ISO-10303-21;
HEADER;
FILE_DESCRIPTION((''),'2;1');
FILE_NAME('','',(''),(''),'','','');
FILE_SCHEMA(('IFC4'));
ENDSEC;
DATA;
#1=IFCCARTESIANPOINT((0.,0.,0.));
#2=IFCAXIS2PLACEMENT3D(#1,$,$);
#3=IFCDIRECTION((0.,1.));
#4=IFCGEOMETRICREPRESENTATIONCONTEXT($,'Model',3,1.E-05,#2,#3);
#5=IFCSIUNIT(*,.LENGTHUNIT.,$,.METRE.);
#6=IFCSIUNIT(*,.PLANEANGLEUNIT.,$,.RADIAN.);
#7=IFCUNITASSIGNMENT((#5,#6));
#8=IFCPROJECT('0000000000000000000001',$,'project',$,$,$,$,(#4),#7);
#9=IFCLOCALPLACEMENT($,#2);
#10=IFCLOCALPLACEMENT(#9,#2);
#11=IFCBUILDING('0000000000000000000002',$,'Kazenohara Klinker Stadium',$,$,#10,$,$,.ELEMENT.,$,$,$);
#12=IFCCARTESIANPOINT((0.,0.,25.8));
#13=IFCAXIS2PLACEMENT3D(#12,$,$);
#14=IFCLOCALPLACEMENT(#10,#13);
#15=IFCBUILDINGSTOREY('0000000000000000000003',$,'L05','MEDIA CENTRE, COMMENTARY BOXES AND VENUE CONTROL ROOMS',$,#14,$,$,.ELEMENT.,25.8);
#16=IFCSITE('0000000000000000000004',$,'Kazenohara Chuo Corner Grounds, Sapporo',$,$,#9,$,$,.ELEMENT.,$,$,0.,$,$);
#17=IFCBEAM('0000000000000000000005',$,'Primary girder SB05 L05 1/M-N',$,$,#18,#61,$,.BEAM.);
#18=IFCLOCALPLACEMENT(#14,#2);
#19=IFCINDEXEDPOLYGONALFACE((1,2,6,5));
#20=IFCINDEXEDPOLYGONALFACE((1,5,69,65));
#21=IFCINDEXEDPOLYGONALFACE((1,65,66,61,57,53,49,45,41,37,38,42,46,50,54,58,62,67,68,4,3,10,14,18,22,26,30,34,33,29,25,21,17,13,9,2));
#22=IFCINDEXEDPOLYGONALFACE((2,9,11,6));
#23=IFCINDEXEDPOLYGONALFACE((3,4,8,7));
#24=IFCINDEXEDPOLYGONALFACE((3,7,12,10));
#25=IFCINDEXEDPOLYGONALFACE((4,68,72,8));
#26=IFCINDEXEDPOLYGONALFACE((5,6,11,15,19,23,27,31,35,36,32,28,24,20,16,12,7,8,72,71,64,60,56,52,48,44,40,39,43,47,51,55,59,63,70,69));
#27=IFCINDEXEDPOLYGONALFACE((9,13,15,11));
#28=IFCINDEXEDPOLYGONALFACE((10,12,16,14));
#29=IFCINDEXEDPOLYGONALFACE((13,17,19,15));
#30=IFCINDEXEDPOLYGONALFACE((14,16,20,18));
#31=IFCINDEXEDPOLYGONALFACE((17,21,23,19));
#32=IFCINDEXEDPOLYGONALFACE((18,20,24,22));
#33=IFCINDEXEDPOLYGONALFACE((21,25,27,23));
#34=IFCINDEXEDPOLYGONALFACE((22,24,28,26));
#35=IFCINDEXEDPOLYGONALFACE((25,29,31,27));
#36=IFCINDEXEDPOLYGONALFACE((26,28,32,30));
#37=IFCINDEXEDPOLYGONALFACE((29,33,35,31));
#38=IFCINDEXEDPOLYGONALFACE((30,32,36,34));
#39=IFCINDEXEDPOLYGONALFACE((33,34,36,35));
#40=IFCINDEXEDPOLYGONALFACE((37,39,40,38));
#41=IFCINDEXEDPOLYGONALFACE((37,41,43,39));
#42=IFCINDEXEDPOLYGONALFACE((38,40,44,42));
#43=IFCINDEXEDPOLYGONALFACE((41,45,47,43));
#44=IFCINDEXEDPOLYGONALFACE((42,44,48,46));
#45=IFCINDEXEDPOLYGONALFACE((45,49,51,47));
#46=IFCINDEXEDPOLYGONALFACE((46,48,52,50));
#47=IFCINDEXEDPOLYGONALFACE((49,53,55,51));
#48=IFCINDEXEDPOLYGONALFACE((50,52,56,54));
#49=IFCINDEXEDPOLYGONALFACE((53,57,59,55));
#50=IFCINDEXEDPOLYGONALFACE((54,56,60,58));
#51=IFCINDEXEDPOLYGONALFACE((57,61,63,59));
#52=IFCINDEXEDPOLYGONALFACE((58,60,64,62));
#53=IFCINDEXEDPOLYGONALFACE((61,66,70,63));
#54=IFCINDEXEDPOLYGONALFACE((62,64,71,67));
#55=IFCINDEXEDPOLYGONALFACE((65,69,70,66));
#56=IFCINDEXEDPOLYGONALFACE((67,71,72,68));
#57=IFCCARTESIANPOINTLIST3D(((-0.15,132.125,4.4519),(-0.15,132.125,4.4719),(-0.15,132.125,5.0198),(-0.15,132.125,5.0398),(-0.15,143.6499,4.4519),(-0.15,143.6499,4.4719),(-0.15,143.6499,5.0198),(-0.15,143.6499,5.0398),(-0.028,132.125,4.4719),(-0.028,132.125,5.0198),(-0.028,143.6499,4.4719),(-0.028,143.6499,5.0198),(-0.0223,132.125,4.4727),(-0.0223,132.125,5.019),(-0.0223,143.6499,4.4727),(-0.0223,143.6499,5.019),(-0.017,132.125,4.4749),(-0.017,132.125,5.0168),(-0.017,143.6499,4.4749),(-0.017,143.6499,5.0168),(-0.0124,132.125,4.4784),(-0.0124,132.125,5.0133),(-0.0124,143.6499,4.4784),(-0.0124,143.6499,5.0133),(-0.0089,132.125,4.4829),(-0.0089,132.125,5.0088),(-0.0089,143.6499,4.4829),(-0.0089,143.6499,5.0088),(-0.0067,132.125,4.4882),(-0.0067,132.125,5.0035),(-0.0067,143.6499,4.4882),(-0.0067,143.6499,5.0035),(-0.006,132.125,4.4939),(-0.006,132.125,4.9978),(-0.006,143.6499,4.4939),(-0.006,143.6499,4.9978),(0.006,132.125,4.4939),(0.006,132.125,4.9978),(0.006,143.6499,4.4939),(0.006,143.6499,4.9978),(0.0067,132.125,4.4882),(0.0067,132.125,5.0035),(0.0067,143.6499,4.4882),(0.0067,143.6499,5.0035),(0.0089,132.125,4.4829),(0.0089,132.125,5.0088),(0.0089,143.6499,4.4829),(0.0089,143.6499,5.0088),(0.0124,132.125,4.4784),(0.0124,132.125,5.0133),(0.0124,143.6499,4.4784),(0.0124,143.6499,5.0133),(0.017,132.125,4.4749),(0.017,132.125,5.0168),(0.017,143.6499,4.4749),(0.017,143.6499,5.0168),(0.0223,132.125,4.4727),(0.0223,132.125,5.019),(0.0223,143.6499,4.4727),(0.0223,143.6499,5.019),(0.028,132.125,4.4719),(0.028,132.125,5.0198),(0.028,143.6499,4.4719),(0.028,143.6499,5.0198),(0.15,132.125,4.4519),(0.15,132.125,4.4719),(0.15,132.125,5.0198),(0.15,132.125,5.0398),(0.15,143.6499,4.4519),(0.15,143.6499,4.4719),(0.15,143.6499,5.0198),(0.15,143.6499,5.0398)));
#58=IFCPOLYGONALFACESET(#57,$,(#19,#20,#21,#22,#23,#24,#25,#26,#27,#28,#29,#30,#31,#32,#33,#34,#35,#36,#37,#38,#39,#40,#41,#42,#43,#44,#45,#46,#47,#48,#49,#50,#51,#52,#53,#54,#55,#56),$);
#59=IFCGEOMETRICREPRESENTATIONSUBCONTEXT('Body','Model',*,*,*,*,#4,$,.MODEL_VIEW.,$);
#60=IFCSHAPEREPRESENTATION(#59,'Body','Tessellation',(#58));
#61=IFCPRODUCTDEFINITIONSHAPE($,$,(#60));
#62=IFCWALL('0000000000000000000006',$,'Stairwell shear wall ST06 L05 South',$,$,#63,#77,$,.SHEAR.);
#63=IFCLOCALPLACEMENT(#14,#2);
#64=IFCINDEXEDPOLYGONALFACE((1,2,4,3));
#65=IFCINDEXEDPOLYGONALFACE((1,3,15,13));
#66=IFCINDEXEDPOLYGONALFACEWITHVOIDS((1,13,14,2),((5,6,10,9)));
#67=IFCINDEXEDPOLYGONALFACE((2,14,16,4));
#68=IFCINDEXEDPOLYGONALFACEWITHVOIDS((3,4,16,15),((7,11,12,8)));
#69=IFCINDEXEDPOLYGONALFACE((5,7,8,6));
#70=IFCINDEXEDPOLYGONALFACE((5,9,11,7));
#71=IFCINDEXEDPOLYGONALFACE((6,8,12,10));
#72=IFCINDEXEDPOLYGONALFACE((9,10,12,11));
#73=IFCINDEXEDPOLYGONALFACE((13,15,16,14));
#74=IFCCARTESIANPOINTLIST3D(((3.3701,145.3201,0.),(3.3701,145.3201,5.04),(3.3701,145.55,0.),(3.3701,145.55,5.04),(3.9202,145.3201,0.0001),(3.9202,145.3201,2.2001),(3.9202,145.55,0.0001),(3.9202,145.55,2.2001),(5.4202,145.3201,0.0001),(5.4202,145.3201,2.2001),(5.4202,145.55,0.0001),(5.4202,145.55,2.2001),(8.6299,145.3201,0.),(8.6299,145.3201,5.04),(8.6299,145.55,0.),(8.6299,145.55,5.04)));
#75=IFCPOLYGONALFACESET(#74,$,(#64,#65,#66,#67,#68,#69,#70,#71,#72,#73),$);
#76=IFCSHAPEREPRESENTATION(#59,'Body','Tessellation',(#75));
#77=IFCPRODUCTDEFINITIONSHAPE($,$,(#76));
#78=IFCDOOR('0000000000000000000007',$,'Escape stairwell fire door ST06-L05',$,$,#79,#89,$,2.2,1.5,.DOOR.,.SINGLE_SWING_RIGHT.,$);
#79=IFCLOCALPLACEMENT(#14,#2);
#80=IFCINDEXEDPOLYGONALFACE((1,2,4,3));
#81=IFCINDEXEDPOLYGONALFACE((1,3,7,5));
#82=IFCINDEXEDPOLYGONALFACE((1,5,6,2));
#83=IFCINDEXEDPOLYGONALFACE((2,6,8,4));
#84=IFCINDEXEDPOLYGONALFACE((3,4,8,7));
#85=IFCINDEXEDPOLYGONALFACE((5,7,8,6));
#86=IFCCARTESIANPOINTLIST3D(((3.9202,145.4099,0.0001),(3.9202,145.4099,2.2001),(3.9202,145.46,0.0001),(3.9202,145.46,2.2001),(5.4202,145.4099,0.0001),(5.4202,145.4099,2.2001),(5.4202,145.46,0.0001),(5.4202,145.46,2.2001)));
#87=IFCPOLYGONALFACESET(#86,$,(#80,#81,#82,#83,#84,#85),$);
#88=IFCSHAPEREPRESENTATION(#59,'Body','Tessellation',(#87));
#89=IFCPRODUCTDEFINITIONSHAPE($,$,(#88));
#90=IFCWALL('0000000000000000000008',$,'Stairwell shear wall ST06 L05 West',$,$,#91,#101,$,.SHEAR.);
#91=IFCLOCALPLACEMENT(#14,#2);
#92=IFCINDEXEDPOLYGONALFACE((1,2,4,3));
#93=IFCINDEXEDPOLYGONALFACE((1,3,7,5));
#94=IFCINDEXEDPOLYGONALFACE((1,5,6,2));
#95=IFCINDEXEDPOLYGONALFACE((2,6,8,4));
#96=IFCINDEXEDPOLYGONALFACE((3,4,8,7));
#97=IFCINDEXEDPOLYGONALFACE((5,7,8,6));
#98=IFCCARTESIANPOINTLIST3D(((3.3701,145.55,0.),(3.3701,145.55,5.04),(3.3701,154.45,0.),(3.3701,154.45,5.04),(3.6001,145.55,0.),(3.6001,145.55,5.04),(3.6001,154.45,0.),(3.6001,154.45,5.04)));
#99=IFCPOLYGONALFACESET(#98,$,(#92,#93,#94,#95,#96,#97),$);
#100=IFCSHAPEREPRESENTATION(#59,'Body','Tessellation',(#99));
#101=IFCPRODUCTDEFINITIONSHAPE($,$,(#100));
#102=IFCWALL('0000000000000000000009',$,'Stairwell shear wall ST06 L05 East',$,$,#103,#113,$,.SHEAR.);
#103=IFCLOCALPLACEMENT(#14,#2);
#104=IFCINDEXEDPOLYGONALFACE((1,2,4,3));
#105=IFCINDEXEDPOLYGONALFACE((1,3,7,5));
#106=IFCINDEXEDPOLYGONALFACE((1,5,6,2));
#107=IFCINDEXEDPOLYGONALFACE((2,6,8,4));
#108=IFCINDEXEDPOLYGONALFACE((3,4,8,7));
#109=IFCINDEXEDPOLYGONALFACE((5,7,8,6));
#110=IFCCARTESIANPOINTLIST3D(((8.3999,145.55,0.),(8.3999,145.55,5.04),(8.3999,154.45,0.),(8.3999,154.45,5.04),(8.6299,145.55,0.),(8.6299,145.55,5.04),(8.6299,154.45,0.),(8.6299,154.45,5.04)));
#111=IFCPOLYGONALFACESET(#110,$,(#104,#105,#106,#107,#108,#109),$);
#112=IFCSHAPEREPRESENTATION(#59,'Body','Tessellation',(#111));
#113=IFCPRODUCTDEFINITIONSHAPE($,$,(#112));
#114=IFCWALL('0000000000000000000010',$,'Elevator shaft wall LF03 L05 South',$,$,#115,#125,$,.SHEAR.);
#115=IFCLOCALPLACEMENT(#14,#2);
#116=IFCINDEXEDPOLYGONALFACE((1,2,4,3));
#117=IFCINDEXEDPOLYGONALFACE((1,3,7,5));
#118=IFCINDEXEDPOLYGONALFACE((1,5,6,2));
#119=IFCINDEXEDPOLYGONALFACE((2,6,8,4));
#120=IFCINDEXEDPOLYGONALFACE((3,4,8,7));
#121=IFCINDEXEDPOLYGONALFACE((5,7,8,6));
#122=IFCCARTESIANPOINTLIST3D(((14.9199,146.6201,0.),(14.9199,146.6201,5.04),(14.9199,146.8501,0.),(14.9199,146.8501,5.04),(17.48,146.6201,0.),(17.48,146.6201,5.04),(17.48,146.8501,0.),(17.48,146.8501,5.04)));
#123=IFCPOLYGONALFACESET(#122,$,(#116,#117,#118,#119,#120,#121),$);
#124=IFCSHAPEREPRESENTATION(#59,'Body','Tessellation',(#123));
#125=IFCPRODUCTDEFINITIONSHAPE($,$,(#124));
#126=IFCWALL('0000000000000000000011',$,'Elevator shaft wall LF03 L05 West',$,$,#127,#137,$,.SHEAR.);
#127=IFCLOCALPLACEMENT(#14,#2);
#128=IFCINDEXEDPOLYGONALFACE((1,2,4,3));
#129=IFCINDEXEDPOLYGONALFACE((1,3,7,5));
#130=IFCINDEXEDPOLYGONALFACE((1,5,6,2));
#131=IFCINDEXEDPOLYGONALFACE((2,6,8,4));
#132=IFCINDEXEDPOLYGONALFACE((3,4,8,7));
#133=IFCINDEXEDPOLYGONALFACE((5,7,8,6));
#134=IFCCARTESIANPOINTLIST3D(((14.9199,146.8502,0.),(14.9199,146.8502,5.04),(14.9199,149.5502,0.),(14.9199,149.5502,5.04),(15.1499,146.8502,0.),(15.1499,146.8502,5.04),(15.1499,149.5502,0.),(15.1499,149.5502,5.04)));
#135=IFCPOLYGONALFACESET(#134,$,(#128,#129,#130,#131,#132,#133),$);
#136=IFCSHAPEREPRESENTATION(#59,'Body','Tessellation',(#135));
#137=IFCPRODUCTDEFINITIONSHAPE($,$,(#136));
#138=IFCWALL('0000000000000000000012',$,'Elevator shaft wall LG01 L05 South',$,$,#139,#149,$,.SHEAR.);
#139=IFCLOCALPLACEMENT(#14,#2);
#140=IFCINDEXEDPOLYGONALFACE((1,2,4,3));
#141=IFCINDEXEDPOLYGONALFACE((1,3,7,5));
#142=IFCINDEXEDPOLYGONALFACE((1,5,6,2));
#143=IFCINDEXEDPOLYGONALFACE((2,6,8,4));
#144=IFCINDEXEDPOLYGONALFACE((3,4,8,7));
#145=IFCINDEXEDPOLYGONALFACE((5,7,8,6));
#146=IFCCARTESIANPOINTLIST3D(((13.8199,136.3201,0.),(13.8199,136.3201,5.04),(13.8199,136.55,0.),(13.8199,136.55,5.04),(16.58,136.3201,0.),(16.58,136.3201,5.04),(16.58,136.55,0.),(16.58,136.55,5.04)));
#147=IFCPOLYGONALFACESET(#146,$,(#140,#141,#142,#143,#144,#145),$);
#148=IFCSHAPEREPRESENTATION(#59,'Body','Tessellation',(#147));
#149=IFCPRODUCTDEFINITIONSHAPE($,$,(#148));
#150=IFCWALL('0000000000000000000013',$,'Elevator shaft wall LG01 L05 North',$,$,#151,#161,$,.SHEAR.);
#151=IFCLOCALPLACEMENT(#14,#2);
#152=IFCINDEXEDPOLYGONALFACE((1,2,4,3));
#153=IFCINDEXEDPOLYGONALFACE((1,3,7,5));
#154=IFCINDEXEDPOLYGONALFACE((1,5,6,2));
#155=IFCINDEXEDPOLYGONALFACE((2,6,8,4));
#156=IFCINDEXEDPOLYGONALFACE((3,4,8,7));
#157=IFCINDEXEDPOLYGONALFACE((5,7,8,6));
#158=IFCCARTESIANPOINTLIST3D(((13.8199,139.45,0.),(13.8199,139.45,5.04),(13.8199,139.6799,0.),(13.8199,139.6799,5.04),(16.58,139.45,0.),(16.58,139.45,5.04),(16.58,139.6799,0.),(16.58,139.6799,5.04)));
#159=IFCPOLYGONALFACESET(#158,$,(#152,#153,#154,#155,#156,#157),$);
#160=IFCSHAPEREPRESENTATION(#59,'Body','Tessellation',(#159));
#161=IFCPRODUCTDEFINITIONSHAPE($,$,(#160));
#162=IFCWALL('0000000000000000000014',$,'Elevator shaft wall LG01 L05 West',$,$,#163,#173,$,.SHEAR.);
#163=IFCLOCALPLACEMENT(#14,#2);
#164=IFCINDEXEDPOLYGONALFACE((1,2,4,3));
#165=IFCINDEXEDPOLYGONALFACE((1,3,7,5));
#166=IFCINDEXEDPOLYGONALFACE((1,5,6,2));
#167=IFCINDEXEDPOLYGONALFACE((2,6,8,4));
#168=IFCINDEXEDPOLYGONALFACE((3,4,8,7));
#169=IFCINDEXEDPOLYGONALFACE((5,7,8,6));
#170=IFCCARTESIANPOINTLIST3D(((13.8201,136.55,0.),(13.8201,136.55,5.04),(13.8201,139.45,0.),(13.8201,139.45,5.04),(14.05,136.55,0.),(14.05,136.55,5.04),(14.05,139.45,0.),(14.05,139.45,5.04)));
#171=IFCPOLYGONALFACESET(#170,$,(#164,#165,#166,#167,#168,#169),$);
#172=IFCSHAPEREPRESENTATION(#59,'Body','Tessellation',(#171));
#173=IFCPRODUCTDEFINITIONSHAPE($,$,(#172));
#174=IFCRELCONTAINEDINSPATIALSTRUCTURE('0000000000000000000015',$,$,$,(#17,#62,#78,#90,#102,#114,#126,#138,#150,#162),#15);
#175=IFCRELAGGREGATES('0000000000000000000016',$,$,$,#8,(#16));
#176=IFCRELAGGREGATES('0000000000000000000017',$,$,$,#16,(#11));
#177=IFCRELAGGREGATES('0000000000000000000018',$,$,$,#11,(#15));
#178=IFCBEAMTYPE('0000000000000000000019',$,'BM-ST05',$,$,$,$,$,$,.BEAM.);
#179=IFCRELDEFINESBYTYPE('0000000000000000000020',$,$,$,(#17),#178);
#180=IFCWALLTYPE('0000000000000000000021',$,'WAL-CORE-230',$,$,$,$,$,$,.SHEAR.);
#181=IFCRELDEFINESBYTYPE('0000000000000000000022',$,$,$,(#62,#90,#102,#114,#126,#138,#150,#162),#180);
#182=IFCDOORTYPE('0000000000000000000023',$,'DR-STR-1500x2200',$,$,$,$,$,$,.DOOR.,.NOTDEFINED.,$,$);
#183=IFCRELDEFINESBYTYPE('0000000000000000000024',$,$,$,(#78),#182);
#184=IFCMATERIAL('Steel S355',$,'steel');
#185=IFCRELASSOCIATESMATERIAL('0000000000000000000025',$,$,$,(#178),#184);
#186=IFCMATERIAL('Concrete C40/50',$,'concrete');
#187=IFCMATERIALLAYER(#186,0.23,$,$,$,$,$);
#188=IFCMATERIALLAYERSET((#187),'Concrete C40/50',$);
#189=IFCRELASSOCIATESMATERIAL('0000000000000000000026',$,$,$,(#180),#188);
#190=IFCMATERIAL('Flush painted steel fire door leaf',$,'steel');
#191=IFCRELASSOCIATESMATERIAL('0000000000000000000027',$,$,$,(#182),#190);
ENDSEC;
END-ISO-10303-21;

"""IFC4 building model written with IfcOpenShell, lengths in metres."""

from ifc_helpers import new_model, si_unit, direction, frame, frame_2d, origin, origin_2d, place, context, subcontext, project, spatial, rectangle, i_section, extrude, material, layer, layer_set, material_profile, profile_set, type_object, element, fill, save


model = new_model("IFC4")

# Units and contexts
model_context = context("Model", 3, precision=1e-05, world=origin(), true_north=direction((0.0, 1.0)))
body_context = subcontext(model_context, "Body", "Model", "MODEL_VIEW")
ifc_project = project(units=[si_unit("LENGTHUNIT", "METRE"), si_unit("PLANEANGLEUNIT", "RADIAN")], contexts=[model_context])

# Site, building, storey
site_placement = place(None, origin())
site = spatial("IfcSite", under=ifc_project, at=site_placement, Name="Kazenohara Chuo Corner Grounds, Sapporo", CompositionType="ELEMENT", RefElevation=0.0)
building_placement = place(site_placement, origin())
building = spatial("IfcBuilding", under=site, at=building_placement, Name="Kazenohara Klinker Stadium", CompositionType="ELEMENT")
storey_placement = place(building_placement, frame((0.0, 0.0, 25.8)))
storey = spatial("IfcBuildingStorey", under=building, at=storey_placement, Name="L05", Description="MEDIA CENTRE, COMMENTARY BOXES AND VENUE CONTROL ROOMS", CompositionType="ELEMENT", Elevation=25.8)

# Shared definitions
ifc_material_1 = material(Name="Concrete C40/50", Category="concrete")

# Beam
ifc_material_2 = material(Name="Steel S355", Category="steel")
ifc_material_profile_1 = material_profile(ifc_material_2, i_section(OverallWidth=0.3, OverallDepth=0.5879, WebThickness=0.012, FlangeThickness=0.02, FilletRadius=0.022, at=origin_2d()), Name="H-588x300x12x20")
ifc_profile_set_1 = profile_set([ifc_material_profile_1], Name="Steel S355")
beam_type_1 = type_object("IfcBeamType", Name="BM-ST05", PredefinedType="BEAM", material=ifc_profile_set_1)
beam_placement = place(storey_placement, frame((0.0, 132.125, 4.7458), z_axis=(0.0, 1.0, 0.0), x_axis=(-1.0, 0.0, 0.0)))
element("IfcBeam", 1, at=beam_placement, inside=storey, type_object=beam_type_1, Name="Primary girder SB05 L05 1/M-N", PredefinedType="BEAM", context=body_context, shape_type="SweptSolid", body=[
    extrude(i_section(OverallWidth=0.3, OverallDepth=0.5879, WebThickness=0.012, FlangeThickness=0.02, FilletRadius=0.022, at=origin_2d()), origin(), (0.0, 0.0, 1.0), 11.5249),
])

# Wall, opening, door
ifc_layer_1 = layer(ifc_material_1, 0.23)
ifc_layer_set_1 = layer_set([ifc_layer_1], Name="Concrete C40/50")
wall_type_1 = type_object("IfcWallType", Name="WAL-CORE-230", PredefinedType="SHEAR", material=ifc_layer_set_1)
wall_1_placement = place(storey_placement, frame((3.3701, 145.4351, 0.0), z_axis=(0.0, 0.0, 1.0), x_axis=(1.0, 0.0, 0.0)))
wall_1 = element("IfcWall", 2, at=wall_1_placement, inside=storey, type_object=wall_type_1, Name="Stairwell shear wall ST06 L05 South", PredefinedType="SHEAR", context=body_context, shape_type="SweptSolid", body=[
    extrude(rectangle(XDim=5.2598, YDim=0.23, at=frame_2d((2.6299, 0.0))), origin(), (0.0, 0.0, 1.0), 5.04),
])
opening_1_placement = place(wall_1_placement, frame((0.55, 0.0, 0.0)))
opening_1 = element("IfcOpeningElement", 3, at=opening_1_placement, cuts=wall_1, PredefinedType="OPENING", context=body_context, shape_type="SweptSolid", body=[
    extrude(rectangle(XDim=1.5, YDim=2.2, at=frame_2d((0.75, 1.1001))), frame((0.0, 0.125, 0.0), z_axis=(0.0, -1.0, 0.0), x_axis=(1.0, 0.0, 0.0)), (0.0, 0.0, 1.0), 0.25),
])
ifc_material_3 = material(Name="Flush painted steel fire door leaf", Category="steel")
door_type_1 = type_object("IfcDoorType", Name="DR-STR-1500x2200", OperationType="NOTDEFINED", PredefinedType="DOOR", material=ifc_material_3)
door_1_placement = place(opening_1_placement, origin())
door_1 = element("IfcDoor", 4, at=door_1_placement, inside=storey, type_object=door_type_1, Name="Escape stairwell fire door ST06-L05", OperationType="SINGLE_SWING_RIGHT", OverallHeight=2.2, OverallWidth=1.5, PredefinedType="DOOR", context=body_context, shape_type="SweptSolid", body=[
    extrude(rectangle(XDim=1.5, YDim=2.2, at=frame_2d((0.75, 1.1001))), frame((0.0, 0.0249, 0.0), z_axis=(0.0, -1.0, 0.0), x_axis=(1.0, 0.0, 0.0)), (0.0, 0.0, 1.0), 0.05),
])
fill(opening_1, door_1)

# Walls
for number, where, z_axis, x_axis, name in (
    (5, (3.4851, 145.55, 0.0), (0.0, 0.0, 1.0), (0.0, 1.0, 0.0), "Stairwell shear wall ST06 L05 West"),
    (6, (8.5149, 145.55, 0.0), (0.0, 0.0, 1.0), (0.0, 1.0, 0.0), "Stairwell shear wall ST06 L05 East"),
):
    element("IfcWall", number, at=place(storey_placement, frame(where, z_axis=z_axis, x_axis=x_axis)), inside=storey, type_object=wall_type_1, Name=name, PredefinedType="SHEAR", context=body_context, shape_type="SweptSolid", body=[
        extrude(rectangle(XDim=8.8999, YDim=0.23, at=frame_2d((4.45, 0.0))), origin(), (0.0, 0.0, 1.0), 5.04),
    ])
wall_2_placement = place(storey_placement, frame((14.9199, 146.7351, 0.0), z_axis=(0.0, 0.0, 1.0), x_axis=(1.0, 0.0, 0.0)))
element("IfcWall", 7, at=wall_2_placement, inside=storey, type_object=wall_type_1, Name="Elevator shaft wall LF03 L05 South", PredefinedType="SHEAR", context=body_context, shape_type="SweptSolid", body=[
    extrude(rectangle(XDim=2.5601, YDim=0.23, at=frame_2d((1.28, 0.0))), origin(), (0.0, 0.0, 1.0), 5.04),
])
wall_3_placement = place(storey_placement, frame((15.0349, 146.8501, 0.0), z_axis=(0.0, 0.0, 1.0), x_axis=(0.0, 1.0, 0.0)))
element("IfcWall", 8, at=wall_3_placement, inside=storey, type_object=wall_type_1, Name="Elevator shaft wall LF03 L05 West", PredefinedType="SHEAR", context=body_context, shape_type="SweptSolid", body=[
    extrude(rectangle(XDim=2.7, YDim=0.23, at=frame_2d((1.3501, 0.0))), origin(), (0.0, 0.0, 1.0), 5.04),
])

# Walls
for number, where, z_axis, x_axis, name in (
    (9, (13.8201, 136.4351, 0.0), (0.0, 0.0, 1.0), (1.0, 0.0, 0.0), "Elevator shaft wall LG01 L05 South"),
    (10, (13.8201, 139.5649, 0.0), (0.0, 0.0, 1.0), (1.0, 0.0, 0.0), "Elevator shaft wall LG01 L05 North"),
):
    element("IfcWall", number, at=place(storey_placement, frame(where, z_axis=z_axis, x_axis=x_axis)), inside=storey, type_object=wall_type_1, Name=name, PredefinedType="SHEAR", context=body_context, shape_type="SweptSolid", body=[
        extrude(rectangle(XDim=2.76, YDim=0.23, at=frame_2d((1.3799, 0.0))), origin(), (0.0, 0.0, 1.0), 5.04),
    ])
wall_4_placement = place(storey_placement, frame((13.9351, 136.55, 0.0), z_axis=(0.0, 0.0, 1.0), x_axis=(0.0, 1.0, 0.0)))
element("IfcWall", 11, at=wall_4_placement, inside=storey, type_object=wall_type_1, Name="Elevator shaft wall LG01 L05 West", PredefinedType="SHEAR", context=body_context, shape_type="SweptSolid", body=[
    extrude(rectangle(XDim=2.8999, YDim=0.23, at=frame_2d((1.45, 0.0))), origin(), (0.0, 0.0, 1.0), 5.04),
])

save(model, "model.ifc")
